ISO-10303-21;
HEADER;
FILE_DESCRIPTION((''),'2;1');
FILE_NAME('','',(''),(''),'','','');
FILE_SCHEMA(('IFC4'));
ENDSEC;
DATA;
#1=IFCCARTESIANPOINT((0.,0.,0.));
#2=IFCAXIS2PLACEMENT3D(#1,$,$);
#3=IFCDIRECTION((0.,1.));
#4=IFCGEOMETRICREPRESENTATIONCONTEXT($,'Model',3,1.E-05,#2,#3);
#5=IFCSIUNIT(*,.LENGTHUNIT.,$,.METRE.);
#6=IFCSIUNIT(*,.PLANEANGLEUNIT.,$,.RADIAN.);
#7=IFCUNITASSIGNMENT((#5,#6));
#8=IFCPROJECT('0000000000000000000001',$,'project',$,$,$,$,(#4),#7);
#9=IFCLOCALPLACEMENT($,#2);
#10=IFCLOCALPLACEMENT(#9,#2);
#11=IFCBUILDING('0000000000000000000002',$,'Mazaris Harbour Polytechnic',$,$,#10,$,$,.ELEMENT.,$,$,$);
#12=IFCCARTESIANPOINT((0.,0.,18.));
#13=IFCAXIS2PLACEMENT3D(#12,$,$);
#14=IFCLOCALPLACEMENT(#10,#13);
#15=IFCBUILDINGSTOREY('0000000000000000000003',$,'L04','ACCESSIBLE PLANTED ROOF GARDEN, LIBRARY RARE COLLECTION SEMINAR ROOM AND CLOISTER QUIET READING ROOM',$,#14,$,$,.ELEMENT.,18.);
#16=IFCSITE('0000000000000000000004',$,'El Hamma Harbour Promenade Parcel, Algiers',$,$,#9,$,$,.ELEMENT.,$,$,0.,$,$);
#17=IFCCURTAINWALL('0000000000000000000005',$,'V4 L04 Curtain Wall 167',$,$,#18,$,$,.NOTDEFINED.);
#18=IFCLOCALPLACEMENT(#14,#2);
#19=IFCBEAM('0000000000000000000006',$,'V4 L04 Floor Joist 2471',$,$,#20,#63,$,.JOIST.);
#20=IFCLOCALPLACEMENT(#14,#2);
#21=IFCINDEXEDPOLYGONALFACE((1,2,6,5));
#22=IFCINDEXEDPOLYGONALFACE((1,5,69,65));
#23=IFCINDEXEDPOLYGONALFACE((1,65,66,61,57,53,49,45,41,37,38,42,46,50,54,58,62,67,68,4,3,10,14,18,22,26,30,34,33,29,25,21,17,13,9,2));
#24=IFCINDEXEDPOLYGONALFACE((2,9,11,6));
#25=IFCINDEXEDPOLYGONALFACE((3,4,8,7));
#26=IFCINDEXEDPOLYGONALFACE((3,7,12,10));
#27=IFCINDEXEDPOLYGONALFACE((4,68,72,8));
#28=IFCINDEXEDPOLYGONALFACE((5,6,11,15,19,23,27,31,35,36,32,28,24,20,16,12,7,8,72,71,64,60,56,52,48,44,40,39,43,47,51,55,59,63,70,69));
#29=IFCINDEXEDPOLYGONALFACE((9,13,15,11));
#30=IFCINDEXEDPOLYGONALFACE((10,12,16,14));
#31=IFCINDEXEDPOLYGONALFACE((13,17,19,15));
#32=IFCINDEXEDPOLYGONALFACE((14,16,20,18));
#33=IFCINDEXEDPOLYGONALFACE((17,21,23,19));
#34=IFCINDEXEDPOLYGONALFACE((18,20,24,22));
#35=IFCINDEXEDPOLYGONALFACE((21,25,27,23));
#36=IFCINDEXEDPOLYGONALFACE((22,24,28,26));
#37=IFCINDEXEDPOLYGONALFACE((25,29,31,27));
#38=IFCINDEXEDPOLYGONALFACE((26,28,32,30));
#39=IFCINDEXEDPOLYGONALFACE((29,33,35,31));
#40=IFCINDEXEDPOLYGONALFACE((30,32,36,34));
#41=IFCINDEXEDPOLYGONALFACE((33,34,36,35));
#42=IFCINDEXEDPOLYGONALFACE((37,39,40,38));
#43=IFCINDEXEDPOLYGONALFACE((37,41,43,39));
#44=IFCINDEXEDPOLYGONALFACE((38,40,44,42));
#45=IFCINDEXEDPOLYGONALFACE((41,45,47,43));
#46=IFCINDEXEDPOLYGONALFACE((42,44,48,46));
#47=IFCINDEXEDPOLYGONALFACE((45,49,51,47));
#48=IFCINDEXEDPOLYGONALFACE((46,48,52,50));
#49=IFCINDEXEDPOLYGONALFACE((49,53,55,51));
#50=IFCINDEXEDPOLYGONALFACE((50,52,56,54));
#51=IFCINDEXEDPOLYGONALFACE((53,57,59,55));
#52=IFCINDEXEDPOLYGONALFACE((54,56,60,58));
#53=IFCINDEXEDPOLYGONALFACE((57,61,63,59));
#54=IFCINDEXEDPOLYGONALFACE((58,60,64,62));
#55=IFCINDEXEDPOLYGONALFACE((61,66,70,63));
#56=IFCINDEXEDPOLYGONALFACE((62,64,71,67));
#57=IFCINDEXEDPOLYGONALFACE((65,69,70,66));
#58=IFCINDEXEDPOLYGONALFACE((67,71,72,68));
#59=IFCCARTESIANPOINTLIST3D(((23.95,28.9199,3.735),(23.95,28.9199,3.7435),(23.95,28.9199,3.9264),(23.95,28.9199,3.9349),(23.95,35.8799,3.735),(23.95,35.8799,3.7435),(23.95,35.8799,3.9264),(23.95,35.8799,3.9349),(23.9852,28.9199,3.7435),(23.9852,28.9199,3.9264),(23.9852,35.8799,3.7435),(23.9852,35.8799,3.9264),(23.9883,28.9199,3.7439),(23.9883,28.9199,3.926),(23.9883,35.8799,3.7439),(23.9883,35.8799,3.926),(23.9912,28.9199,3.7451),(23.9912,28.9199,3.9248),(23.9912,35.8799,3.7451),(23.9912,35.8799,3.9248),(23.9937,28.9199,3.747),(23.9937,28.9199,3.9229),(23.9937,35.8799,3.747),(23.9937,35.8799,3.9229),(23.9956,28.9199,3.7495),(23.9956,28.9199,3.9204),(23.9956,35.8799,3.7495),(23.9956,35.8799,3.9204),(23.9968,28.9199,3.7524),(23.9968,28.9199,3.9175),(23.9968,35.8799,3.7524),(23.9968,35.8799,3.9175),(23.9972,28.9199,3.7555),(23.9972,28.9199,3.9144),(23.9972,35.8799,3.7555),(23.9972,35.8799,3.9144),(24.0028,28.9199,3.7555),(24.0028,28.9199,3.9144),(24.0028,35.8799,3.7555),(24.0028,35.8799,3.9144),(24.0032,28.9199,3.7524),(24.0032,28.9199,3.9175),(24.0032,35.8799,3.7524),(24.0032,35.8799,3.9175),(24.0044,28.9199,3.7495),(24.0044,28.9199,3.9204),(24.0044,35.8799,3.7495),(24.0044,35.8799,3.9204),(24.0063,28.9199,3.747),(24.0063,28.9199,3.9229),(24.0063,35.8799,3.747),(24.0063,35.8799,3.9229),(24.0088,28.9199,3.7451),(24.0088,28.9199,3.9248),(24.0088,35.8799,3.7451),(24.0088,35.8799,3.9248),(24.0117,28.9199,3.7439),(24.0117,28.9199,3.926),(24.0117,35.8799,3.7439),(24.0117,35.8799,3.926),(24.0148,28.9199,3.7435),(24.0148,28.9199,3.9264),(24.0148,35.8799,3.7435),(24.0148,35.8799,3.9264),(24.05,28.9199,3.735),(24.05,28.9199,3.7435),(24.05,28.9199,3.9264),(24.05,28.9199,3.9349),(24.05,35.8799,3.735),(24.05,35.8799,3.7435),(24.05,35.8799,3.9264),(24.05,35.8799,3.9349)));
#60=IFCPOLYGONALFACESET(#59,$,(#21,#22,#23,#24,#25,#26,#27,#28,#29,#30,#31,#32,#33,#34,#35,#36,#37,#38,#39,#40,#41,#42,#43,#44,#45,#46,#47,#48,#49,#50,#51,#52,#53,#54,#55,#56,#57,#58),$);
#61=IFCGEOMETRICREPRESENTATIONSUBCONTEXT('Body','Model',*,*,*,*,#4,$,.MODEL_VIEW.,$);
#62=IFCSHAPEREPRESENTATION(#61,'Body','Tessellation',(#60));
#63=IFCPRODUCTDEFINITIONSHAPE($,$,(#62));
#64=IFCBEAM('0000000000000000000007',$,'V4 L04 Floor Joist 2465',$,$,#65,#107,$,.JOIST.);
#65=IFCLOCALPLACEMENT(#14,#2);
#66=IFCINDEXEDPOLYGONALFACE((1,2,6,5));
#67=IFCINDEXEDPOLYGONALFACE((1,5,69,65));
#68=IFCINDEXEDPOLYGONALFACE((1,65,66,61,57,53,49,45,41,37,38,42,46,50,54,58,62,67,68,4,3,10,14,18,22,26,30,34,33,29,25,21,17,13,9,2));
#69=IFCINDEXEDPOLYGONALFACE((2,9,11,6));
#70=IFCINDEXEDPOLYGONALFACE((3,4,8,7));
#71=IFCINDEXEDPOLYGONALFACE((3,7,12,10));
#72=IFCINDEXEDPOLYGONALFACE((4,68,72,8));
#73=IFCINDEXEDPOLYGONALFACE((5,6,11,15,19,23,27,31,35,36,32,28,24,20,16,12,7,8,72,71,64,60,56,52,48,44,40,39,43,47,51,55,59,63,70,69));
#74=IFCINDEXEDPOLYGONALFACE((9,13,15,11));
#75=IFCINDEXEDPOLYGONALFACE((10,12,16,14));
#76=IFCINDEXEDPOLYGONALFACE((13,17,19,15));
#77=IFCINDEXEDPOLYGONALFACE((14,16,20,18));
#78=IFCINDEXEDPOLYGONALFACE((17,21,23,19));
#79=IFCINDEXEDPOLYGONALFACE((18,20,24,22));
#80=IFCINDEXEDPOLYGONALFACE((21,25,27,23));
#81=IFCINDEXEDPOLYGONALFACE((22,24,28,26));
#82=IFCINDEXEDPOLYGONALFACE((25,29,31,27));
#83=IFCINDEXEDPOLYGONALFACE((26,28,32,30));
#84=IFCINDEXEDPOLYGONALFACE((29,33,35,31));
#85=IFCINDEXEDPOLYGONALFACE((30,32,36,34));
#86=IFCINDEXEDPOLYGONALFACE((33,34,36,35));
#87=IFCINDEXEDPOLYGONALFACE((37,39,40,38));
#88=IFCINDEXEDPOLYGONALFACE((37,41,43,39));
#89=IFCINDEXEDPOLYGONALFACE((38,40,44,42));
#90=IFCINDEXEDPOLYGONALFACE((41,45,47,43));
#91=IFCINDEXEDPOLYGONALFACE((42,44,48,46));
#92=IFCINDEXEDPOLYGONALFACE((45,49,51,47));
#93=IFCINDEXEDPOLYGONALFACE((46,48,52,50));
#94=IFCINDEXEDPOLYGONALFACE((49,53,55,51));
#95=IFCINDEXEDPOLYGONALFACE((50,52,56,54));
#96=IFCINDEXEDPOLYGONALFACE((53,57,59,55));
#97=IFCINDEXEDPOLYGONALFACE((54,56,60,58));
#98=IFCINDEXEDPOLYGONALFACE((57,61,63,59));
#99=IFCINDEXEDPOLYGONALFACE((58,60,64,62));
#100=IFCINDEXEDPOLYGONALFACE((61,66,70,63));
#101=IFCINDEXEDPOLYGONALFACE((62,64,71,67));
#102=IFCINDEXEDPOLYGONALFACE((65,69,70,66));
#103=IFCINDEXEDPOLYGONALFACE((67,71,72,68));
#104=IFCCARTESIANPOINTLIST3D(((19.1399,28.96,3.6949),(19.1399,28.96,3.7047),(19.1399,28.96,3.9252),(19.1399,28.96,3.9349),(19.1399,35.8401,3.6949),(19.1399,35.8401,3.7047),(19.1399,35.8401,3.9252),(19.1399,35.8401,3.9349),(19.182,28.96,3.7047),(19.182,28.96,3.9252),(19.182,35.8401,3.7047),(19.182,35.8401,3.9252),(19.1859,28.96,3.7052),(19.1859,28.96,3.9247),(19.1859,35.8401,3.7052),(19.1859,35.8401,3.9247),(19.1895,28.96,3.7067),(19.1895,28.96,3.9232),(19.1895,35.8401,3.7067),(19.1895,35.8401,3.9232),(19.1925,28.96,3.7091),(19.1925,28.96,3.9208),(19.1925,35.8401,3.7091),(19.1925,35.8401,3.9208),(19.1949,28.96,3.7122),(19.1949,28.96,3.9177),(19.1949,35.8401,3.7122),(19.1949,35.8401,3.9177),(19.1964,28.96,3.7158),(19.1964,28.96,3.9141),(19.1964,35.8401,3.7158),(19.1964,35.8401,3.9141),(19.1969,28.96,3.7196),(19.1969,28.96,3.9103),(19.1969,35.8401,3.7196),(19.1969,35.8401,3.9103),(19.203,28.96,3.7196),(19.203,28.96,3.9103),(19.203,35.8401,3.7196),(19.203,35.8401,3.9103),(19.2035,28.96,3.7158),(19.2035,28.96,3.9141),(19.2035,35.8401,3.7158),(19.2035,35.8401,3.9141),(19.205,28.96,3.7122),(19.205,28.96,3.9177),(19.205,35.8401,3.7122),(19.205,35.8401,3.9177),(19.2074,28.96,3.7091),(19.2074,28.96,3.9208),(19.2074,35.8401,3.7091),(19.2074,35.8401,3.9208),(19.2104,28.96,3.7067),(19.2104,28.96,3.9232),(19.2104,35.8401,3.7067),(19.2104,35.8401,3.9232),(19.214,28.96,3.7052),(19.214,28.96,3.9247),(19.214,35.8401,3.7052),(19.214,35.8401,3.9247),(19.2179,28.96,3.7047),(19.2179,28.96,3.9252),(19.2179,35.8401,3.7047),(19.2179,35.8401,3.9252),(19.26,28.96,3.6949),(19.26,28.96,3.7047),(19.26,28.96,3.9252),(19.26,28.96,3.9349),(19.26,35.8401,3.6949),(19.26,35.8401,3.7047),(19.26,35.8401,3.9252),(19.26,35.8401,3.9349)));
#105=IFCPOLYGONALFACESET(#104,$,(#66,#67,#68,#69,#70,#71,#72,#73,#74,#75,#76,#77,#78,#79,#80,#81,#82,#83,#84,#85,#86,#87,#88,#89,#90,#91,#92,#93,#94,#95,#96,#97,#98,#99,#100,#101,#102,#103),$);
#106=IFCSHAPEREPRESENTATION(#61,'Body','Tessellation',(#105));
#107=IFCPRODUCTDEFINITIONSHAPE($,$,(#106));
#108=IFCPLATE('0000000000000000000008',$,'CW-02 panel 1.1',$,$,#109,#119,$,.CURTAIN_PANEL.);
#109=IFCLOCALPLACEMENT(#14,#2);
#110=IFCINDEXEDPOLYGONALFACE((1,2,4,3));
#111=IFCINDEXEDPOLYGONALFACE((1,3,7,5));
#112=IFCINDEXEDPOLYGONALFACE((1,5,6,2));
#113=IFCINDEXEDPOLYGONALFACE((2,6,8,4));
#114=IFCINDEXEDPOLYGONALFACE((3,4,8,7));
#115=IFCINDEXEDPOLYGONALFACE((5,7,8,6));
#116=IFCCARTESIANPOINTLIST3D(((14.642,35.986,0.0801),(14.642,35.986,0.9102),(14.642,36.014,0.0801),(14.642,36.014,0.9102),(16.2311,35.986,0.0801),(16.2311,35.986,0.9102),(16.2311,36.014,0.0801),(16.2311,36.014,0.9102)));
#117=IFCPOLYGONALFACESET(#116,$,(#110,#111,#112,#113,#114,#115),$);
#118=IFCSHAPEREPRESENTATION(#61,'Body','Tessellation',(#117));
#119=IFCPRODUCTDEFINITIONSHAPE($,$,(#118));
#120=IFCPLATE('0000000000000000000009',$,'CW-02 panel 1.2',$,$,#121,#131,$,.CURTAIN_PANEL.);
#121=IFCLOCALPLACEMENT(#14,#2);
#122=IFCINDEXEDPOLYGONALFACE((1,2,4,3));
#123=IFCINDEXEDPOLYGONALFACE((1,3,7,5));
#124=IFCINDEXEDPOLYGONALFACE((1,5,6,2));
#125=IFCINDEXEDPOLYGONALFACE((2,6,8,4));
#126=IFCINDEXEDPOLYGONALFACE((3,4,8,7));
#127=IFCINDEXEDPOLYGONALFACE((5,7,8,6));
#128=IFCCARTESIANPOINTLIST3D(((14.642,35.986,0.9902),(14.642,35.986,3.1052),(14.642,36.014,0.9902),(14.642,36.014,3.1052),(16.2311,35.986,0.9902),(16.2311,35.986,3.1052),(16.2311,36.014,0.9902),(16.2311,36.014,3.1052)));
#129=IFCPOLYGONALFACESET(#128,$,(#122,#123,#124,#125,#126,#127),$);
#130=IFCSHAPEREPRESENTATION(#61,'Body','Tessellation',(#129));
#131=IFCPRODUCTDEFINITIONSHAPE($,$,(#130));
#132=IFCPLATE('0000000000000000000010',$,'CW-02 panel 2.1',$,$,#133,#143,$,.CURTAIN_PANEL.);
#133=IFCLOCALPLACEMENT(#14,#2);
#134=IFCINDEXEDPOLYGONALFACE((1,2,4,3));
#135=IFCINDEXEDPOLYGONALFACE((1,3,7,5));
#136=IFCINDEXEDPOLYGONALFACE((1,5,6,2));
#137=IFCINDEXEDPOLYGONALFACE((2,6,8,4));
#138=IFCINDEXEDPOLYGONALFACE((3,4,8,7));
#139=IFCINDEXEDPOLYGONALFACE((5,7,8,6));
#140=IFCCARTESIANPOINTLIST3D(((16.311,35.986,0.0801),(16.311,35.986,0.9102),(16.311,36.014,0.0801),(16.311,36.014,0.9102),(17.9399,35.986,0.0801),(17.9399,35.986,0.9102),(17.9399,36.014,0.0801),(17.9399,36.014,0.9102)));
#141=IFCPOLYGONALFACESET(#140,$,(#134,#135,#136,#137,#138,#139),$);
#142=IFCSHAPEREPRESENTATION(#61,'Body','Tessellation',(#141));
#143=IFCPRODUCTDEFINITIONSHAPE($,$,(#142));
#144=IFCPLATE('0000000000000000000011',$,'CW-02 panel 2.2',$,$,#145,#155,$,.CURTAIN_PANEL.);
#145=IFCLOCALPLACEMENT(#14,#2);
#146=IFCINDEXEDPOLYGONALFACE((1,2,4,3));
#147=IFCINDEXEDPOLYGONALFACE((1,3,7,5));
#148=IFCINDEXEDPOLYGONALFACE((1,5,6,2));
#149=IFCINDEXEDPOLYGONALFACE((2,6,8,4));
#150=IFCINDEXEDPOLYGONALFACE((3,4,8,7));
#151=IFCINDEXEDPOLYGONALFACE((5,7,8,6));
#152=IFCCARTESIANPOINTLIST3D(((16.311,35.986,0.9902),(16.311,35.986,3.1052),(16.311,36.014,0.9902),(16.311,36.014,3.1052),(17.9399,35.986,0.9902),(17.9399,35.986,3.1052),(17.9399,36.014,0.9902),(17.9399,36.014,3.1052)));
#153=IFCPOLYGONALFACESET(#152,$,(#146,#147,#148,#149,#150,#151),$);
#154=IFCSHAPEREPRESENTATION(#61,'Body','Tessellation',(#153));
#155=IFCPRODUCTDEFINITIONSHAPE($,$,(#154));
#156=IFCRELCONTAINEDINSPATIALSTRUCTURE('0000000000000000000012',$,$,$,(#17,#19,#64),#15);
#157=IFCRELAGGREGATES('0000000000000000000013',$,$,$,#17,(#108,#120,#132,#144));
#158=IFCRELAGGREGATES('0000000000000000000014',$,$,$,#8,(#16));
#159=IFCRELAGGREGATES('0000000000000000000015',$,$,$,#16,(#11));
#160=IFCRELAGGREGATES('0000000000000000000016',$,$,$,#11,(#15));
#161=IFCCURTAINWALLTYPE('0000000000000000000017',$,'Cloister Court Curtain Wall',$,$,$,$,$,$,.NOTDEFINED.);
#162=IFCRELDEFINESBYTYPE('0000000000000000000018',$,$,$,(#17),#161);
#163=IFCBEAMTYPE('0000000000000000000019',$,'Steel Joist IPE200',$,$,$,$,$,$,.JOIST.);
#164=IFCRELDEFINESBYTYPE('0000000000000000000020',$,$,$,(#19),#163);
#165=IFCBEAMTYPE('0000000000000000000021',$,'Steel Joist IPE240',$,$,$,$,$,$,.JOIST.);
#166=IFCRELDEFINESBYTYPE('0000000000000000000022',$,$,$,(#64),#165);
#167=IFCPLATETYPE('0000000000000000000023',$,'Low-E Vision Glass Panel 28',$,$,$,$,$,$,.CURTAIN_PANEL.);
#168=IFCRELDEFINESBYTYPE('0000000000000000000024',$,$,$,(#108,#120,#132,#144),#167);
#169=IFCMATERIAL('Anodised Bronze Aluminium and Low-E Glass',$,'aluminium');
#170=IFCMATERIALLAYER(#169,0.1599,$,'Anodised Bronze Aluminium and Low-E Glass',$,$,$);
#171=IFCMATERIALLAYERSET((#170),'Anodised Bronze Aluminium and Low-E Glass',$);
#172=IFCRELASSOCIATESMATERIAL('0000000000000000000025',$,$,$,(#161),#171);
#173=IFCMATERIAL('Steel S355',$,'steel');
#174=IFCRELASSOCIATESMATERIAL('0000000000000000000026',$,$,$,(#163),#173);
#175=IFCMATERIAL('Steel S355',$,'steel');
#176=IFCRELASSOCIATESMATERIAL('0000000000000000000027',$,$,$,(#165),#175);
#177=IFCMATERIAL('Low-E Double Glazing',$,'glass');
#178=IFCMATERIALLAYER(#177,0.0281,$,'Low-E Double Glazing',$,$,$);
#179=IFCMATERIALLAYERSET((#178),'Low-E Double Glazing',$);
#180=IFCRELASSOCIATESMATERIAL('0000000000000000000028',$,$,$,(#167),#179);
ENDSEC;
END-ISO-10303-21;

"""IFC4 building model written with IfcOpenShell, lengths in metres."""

from ifc_helpers import new_model, si_unit, direction, frame, origin, origin_2d, place, context, subcontext, project, spatial, rectangle, i_section, extrude, material, layer, layer_set, material_profile, profile_set, type_object, element, aggregate, save


model = new_model("IFC4")

# Units and contexts
model_context = context("Model", 3, precision=1e-05, world=origin(), true_north=direction((0.0, 1.0)))
body_context = subcontext(model_context, "Body", "Model", "MODEL_VIEW")
ifc_project = project(units=[si_unit("LENGTHUNIT", "METRE"), si_unit("PLANEANGLEUNIT", "RADIAN")], contexts=[model_context])

# Site, building, storey
site_placement = place(None, origin())
site = spatial("IfcSite", under=ifc_project, at=site_placement, Name="El Hamma Harbour Promenade Parcel, Algiers", CompositionType="ELEMENT", RefElevation=0.0)
building_placement = place(site_placement, origin())
building = spatial("IfcBuilding", under=site, at=building_placement, Name="Mazaris Harbour Polytechnic", CompositionType="ELEMENT")
storey_placement = place(building_placement, frame((0.0, 0.0, 18.0)))
storey = spatial("IfcBuildingStorey", under=building, at=storey_placement, Name="L04", Description="ACCESSIBLE PLANTED ROOF GARDEN, LIBRARY RARE COLLECTION SEMINAR ROOM AND CLOISTER QUIET READING ROOM", CompositionType="ELEMENT", Elevation=18.0)

# Curtain wall
ifc_material_1 = material(Name="Anodised Bronze Aluminium and Low-E Glass", Category="aluminium")
ifc_layer_1 = layer(ifc_material_1, 0.1599, Name="Anodised Bronze Aluminium and Low-E Glass")
ifc_layer_set_1 = layer_set([ifc_layer_1], Name="Anodised Bronze Aluminium and Low-E Glass")
curtain_wall_type = type_object("IfcCurtainWallType", Name="Cloister Court Curtain Wall", PredefinedType="NOTDEFINED", material=ifc_layer_set_1)
curtain_wall_placement = place(storey_placement, origin())
curtain_wall = element("IfcCurtainWall", 1, at=curtain_wall_placement, inside=storey, type_object=curtain_wall_type, Name="V4 L04 Curtain Wall 167", PredefinedType="NOTDEFINED")

# Beams
ifc_material_2 = material(Name="Steel S355", Category="steel")
ifc_material_profile_1 = material_profile(ifc_material_2, i_section(OverallWidth=0.1001, OverallDepth=0.2, WebThickness=0.0056, FlangeThickness=0.0085, FilletRadius=0.012, at=origin_2d()), Name="IPE 200")
ifc_profile_set_1 = profile_set([ifc_material_profile_1], Name="Steel S355")
beam_type_1 = type_object("IfcBeamType", Name="Steel Joist IPE200", PredefinedType="JOIST", material=ifc_profile_set_1)
beam_1_placement = place(storey_placement, frame((24.0, 28.9199, 3.835), z_axis=(0.0, 1.0, 0.0), x_axis=(-1.0, 0.0, 0.0)))
element("IfcBeam", 2, at=beam_1_placement, inside=storey, type_object=beam_type_1, Name="V4 L04 Floor Joist 2471", PredefinedType="JOIST", context=body_context, shape_type="SweptSolid", body=[
    extrude(i_section(OverallWidth=0.1001, OverallDepth=0.2, WebThickness=0.0056, FlangeThickness=0.0085, FilletRadius=0.012, at=origin_2d()), origin(), (0.0, 0.0, 1.0), 6.96),
])
ifc_material_3 = material(Name="Steel S355", Category="steel")
ifc_material_profile_2 = material_profile(ifc_material_3, i_section(OverallWidth=0.1201, OverallDepth=0.24, WebThickness=0.0061, FlangeThickness=0.0098, FilletRadius=0.0149, at=origin_2d()), Name="IPE 240")
ifc_profile_set_2 = profile_set([ifc_material_profile_2], Name="Steel S355")
beam_type_2 = type_object("IfcBeamType", Name="Steel Joist IPE240", PredefinedType="JOIST", material=ifc_profile_set_2)
beam_2_placement = place(storey_placement, frame((19.2, 28.96, 3.8149), z_axis=(0.0, 1.0, 0.0), x_axis=(-1.0, 0.0, 0.0)))
element("IfcBeam", 3, at=beam_2_placement, inside=storey, type_object=beam_type_2, Name="V4 L04 Floor Joist 2465", PredefinedType="JOIST", context=body_context, shape_type="SweptSolid", body=[
    extrude(i_section(OverallWidth=0.1201, OverallDepth=0.24, WebThickness=0.0061, FlangeThickness=0.0098, FilletRadius=0.0149, at=origin_2d()), origin(), (0.0, 0.0, 1.0), 6.8801),
])

# Plates
ifc_material_4 = material(Name="Low-E Double Glazing", Category="glass")
ifc_layer_2 = layer(ifc_material_4, 0.0281, Name="Low-E Double Glazing")
ifc_layer_set_2 = layer_set([ifc_layer_2], Name="Low-E Double Glazing")
plate_type = type_object("IfcPlateType", Name="Low-E Vision Glass Panel 28", PredefinedType="CURTAIN_PANEL", material=ifc_layer_set_2)
plate_1_placement = place(storey_placement, frame((15.4365, 36.0, 0.0801), z_axis=(0.0, 0.0, 1.0), x_axis=(1.0, 0.0, 0.0)))
plate_1 = element("IfcPlate", 4, at=plate_1_placement, type_object=plate_type, Name="CW-02 panel 1.1", PredefinedType="CURTAIN_PANEL", context=body_context, shape_type="SweptSolid", body=[
    extrude(rectangle(XDim=1.5891, YDim=0.0281, at=origin_2d()), origin(), (0.0, 0.0, 1.0), 0.8301),
])
plate_2_placement = place(storey_placement, frame((15.4365, 36.0, 0.9902), z_axis=(0.0, 0.0, 1.0), x_axis=(1.0, 0.0, 0.0)))
plate_2 = element("IfcPlate", 5, at=plate_2_placement, type_object=plate_type, Name="CW-02 panel 1.2", PredefinedType="CURTAIN_PANEL", context=body_context, shape_type="SweptSolid", body=[
    extrude(rectangle(XDim=1.5891, YDim=0.0281, at=origin_2d()), origin(), (0.0, 0.0, 1.0), 2.115),
])
plate_3_placement = place(storey_placement, frame((17.1255, 36.0, 0.0801), z_axis=(0.0, 0.0, 1.0), x_axis=(1.0, 0.0, 0.0)))
plate_3 = element("IfcPlate", 6, at=plate_3_placement, type_object=plate_type, Name="CW-02 panel 2.1", PredefinedType="CURTAIN_PANEL", context=body_context, shape_type="SweptSolid", body=[
    extrude(rectangle(XDim=1.6289, YDim=0.0281, at=origin_2d()), origin(), (0.0, 0.0, 1.0), 0.8301),
])
plate_4_placement = place(storey_placement, frame((17.1255, 36.0, 0.9902), z_axis=(0.0, 0.0, 1.0), x_axis=(1.0, 0.0, 0.0)))
plate_4 = element("IfcPlate", 7, at=plate_4_placement, type_object=plate_type, Name="CW-02 panel 2.2", PredefinedType="CURTAIN_PANEL", context=body_context, shape_type="SweptSolid", body=[
    extrude(rectangle(XDim=1.6289, YDim=0.0281, at=origin_2d()), origin(), (0.0, 0.0, 1.0), 2.115),
])
aggregate(curtain_wall, [plate_1, plate_2, plate_3, plate_4])

save(model, "model.ifc")
